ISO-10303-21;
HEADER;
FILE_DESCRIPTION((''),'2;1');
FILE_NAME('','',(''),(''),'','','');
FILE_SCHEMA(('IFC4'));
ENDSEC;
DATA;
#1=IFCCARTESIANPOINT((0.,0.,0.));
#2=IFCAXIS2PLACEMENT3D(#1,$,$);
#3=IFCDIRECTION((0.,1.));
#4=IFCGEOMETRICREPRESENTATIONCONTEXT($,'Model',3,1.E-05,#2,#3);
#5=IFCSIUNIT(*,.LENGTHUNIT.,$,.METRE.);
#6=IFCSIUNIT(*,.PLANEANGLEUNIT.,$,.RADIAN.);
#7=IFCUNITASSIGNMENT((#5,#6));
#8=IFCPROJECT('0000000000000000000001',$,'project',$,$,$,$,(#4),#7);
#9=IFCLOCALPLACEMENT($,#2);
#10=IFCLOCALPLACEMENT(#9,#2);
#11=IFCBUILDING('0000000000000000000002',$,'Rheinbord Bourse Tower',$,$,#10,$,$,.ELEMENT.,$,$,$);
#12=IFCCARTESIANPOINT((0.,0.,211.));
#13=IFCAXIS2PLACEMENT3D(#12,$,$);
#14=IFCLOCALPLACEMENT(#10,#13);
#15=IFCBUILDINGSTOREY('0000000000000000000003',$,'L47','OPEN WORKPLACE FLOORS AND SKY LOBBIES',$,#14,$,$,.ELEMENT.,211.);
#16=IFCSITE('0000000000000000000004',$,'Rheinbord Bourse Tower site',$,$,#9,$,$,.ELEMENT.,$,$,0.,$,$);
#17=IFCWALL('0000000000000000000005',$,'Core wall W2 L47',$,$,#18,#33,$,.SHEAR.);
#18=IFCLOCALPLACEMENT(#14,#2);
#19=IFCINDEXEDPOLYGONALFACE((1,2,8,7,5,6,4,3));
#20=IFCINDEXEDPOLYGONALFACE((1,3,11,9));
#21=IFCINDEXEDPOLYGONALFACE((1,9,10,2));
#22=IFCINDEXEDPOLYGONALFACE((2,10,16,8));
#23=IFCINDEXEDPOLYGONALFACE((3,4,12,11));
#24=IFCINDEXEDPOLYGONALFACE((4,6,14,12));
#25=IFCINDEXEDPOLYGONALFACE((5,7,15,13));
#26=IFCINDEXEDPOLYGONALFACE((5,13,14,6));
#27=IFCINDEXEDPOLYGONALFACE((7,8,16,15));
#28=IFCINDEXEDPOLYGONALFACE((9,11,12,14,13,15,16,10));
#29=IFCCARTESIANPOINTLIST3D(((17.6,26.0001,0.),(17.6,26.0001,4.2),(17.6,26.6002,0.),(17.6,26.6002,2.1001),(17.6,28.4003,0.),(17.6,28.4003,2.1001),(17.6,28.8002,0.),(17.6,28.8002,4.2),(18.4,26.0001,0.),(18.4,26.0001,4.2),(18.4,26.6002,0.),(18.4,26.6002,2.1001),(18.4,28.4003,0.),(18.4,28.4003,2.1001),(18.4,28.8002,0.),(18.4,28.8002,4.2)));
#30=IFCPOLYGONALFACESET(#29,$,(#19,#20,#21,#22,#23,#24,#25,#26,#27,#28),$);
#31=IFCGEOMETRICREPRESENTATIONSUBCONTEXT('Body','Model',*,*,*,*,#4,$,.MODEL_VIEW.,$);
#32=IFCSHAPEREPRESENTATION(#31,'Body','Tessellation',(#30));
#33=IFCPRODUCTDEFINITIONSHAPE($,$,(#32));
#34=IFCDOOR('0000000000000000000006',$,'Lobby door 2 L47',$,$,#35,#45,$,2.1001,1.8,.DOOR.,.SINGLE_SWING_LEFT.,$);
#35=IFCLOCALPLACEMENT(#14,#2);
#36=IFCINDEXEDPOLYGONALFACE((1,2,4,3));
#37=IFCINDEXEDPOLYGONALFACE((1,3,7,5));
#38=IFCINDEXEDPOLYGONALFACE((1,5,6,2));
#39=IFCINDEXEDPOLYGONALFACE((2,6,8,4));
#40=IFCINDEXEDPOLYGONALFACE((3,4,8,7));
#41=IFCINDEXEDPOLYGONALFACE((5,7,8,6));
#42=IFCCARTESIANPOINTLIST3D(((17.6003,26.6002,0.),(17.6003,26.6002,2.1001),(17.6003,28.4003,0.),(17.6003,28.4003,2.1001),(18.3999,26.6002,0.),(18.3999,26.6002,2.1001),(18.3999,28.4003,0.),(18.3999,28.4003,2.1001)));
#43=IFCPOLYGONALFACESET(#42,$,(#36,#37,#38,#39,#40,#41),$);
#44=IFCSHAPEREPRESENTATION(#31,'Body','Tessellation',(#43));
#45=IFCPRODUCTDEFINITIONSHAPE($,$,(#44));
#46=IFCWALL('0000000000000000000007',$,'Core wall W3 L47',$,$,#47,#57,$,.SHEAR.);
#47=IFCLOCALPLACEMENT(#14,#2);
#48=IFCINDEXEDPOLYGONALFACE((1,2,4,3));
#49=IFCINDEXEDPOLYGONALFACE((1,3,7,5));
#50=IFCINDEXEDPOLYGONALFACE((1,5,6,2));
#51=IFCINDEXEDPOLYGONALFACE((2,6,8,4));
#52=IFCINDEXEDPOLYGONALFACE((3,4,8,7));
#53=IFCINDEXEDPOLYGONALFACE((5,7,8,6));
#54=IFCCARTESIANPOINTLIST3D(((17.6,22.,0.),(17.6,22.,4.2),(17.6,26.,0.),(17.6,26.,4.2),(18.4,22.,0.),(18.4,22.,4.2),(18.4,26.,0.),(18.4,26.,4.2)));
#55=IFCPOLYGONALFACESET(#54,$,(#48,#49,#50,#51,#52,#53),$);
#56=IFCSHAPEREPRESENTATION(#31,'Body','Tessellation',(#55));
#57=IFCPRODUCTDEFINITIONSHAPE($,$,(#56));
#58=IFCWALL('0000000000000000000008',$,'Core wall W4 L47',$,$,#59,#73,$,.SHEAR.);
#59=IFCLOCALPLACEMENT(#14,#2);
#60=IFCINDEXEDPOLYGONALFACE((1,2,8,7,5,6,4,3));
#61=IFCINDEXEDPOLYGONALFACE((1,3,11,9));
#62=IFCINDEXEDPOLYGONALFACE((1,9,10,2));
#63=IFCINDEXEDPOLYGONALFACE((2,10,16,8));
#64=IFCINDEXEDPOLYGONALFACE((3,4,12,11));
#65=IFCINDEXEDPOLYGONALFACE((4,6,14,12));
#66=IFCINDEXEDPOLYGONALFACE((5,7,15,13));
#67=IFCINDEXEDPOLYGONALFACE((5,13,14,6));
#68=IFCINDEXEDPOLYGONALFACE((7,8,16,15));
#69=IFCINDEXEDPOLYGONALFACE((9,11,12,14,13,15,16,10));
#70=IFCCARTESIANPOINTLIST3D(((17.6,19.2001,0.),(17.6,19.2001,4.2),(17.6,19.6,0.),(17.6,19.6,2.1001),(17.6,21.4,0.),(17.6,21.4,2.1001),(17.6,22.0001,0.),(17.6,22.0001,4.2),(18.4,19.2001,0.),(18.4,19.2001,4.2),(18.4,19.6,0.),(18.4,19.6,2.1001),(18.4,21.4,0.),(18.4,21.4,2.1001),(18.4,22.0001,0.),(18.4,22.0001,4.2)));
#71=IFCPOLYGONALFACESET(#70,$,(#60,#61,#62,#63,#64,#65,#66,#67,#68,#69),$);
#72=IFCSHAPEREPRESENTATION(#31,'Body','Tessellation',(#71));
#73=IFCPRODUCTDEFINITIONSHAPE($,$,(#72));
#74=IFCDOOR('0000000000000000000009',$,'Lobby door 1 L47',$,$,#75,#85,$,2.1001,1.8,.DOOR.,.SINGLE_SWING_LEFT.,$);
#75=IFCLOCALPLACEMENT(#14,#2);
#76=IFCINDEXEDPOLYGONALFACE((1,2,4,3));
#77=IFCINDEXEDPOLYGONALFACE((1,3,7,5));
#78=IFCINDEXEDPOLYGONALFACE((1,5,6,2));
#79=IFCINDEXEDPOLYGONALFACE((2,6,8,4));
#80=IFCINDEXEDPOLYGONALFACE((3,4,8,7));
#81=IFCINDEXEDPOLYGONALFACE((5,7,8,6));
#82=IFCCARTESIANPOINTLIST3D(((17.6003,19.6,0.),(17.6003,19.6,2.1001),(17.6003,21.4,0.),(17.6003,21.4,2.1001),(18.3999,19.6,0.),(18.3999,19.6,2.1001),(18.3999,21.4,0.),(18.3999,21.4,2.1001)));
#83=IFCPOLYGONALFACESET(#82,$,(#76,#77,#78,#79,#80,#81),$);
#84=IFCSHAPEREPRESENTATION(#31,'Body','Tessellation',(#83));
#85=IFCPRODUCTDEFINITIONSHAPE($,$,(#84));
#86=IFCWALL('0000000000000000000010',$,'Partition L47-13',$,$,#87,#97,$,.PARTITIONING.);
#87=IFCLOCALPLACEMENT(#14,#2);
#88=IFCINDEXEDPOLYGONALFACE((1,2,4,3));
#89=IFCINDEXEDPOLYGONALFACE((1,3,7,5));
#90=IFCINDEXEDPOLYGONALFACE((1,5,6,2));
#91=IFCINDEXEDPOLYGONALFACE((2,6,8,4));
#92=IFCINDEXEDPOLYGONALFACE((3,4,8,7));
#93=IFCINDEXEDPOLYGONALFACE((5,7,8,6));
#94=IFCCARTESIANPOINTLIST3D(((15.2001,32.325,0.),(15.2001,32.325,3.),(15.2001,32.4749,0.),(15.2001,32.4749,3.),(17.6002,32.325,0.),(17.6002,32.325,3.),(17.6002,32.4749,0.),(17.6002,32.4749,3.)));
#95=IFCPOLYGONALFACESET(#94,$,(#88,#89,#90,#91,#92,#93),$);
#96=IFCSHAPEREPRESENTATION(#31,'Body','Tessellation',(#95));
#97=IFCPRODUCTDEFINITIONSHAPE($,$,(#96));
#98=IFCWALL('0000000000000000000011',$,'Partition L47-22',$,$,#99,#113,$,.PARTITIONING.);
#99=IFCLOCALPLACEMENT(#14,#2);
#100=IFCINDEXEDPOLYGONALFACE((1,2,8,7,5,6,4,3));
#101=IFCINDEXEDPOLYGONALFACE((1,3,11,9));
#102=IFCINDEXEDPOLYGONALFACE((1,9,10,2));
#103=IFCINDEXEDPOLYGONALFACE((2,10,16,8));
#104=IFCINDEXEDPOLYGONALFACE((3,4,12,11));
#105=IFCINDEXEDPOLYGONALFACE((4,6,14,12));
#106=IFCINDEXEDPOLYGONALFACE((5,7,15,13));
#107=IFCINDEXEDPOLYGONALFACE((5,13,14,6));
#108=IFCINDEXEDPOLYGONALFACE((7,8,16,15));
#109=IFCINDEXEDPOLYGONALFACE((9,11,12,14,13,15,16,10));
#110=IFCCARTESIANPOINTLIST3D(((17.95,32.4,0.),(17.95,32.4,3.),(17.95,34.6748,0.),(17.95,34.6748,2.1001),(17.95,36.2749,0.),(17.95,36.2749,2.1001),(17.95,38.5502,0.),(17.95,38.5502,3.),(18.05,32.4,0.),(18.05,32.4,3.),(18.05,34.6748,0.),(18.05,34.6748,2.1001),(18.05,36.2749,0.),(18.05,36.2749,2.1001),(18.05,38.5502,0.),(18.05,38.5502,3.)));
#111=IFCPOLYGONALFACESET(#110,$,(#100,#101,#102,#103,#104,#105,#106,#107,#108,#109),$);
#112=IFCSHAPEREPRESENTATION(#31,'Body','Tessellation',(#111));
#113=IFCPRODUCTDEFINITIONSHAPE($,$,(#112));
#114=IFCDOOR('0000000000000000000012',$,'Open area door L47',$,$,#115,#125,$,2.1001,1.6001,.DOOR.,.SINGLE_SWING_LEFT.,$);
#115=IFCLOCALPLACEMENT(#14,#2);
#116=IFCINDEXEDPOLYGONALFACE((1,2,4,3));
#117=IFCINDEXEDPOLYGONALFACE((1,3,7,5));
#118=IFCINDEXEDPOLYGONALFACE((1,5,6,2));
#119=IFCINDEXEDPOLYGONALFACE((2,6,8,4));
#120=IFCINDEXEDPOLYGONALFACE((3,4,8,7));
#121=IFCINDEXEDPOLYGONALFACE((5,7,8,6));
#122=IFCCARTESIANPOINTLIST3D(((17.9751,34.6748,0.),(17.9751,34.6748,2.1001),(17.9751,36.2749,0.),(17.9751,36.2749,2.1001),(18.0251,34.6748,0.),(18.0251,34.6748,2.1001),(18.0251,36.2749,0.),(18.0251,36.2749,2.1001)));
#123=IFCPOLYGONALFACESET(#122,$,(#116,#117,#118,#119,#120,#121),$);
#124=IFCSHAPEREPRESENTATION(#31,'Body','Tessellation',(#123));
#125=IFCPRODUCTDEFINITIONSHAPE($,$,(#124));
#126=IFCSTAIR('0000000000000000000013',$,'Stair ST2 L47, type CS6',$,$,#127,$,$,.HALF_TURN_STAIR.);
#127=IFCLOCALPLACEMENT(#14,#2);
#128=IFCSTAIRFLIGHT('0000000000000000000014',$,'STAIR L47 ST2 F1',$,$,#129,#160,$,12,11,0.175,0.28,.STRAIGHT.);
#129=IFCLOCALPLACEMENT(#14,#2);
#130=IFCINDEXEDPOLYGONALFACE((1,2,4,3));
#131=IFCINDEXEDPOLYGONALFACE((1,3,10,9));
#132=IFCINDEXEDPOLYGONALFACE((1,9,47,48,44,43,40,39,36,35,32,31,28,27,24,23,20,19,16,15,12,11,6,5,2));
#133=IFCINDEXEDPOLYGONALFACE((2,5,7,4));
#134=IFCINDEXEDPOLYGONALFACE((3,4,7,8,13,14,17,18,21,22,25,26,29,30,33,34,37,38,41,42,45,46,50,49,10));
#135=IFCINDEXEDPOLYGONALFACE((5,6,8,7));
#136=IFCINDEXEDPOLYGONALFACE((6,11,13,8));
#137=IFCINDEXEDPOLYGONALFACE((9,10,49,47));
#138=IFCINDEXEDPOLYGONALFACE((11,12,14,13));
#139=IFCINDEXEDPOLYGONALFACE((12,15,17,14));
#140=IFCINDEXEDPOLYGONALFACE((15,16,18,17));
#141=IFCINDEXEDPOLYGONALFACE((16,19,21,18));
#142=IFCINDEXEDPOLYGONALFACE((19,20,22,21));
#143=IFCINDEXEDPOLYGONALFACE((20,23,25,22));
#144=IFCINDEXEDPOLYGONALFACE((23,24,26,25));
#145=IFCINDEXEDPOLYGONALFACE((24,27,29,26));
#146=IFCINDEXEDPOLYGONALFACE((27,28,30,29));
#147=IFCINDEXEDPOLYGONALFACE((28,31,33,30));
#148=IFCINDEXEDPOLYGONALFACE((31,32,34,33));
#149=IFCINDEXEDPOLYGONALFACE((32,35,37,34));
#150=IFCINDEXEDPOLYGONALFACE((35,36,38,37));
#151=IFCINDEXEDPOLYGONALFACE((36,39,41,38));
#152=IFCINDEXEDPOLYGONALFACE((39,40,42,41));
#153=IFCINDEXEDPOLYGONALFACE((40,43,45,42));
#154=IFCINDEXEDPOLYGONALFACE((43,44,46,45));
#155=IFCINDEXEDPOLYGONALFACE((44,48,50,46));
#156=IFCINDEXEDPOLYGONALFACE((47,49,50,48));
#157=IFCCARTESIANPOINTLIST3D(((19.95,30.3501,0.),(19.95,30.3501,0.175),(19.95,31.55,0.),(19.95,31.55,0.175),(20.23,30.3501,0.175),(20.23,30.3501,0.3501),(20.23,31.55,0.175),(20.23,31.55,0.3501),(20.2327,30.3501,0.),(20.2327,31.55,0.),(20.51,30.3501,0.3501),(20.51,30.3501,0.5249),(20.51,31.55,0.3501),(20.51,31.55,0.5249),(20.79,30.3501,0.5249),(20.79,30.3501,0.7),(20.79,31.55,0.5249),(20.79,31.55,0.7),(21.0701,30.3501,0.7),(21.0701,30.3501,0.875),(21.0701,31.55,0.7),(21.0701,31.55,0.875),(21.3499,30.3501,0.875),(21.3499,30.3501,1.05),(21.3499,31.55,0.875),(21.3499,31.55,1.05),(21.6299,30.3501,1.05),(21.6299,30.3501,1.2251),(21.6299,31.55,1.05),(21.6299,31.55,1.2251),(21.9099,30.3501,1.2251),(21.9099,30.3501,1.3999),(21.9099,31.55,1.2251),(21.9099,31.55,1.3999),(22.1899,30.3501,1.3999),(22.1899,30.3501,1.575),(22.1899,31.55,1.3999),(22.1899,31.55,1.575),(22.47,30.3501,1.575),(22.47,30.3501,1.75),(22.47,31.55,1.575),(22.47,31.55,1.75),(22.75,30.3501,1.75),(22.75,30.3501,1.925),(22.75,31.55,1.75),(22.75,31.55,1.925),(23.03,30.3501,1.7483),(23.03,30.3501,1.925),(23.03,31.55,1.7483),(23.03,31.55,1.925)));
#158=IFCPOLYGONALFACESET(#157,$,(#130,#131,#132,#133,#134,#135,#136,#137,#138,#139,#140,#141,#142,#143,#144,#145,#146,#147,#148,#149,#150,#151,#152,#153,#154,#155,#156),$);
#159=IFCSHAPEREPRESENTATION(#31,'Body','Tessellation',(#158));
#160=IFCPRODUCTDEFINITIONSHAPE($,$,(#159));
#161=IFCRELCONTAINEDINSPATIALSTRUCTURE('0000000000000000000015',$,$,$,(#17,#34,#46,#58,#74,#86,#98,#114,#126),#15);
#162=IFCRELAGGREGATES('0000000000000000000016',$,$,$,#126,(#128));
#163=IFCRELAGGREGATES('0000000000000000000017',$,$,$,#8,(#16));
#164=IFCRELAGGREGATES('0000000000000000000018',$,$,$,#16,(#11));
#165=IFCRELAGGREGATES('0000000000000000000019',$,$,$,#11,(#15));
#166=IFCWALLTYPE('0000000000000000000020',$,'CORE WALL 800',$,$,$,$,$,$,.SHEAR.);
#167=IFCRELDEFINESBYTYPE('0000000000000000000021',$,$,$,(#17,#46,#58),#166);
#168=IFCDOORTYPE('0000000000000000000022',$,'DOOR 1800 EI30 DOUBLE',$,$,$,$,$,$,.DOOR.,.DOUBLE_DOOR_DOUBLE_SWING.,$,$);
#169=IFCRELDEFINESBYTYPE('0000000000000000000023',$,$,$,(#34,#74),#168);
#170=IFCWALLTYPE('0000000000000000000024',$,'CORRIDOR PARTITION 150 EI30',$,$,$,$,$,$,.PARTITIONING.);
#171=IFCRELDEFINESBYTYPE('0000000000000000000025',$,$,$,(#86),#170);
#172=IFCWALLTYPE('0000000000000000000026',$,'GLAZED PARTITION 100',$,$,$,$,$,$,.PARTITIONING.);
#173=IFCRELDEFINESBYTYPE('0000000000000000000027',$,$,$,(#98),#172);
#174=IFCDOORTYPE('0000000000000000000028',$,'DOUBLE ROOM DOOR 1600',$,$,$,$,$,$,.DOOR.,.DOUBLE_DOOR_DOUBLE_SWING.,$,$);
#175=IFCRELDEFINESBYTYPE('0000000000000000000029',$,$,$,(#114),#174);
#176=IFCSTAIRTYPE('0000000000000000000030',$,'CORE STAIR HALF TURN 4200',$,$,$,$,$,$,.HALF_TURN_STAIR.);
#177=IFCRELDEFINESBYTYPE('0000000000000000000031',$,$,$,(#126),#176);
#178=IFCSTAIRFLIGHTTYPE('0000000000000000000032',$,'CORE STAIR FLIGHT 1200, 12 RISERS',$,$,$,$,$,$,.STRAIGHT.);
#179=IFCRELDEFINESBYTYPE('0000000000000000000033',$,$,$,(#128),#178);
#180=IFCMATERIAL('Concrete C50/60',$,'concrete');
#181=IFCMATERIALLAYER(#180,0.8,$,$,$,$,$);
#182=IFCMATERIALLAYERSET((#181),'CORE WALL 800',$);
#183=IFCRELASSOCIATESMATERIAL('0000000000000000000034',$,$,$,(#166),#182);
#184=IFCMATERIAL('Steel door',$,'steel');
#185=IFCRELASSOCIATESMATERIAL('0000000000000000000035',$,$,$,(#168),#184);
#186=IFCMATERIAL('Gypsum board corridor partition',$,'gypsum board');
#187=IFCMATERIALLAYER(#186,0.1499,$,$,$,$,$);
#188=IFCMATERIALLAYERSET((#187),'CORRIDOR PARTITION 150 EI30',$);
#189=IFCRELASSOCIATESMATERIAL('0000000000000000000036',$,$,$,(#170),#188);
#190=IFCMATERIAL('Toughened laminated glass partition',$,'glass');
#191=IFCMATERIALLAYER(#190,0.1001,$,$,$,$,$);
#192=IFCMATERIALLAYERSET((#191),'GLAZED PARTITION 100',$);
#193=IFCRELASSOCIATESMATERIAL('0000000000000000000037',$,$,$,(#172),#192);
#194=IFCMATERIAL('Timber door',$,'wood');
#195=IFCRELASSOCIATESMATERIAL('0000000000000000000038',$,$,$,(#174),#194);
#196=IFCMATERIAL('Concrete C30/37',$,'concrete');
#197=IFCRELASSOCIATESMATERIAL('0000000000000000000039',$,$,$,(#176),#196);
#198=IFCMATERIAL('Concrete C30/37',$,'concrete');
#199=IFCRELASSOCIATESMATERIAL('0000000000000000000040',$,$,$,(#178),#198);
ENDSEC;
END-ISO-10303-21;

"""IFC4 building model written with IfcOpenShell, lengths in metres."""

from ifc_helpers import new_model, si_unit, direction, frame, frame_2d, origin, place, context, subcontext, project, spatial, polyline, rectangle, outline, extrude, material, layer, layer_set, type_object, element, fill, aggregate, save


model = new_model("IFC4")

# Units and contexts
model_context = context("Model", 3, precision=1e-05, world=origin(), true_north=direction((0.0, 1.0)))
body_context = subcontext(model_context, "Body", "Model", "MODEL_VIEW")
ifc_project = project(units=[si_unit("LENGTHUNIT", "METRE"), si_unit("PLANEANGLEUNIT", "RADIAN")], contexts=[model_context])

# Site, building, storey
site_placement = place(None, origin())
site = spatial("IfcSite", under=ifc_project, at=site_placement, Name="Rheinbord Bourse Tower site", CompositionType="ELEMENT", RefElevation=0.0)
building_placement = place(site_placement, origin())
building = spatial("IfcBuilding", under=site, at=building_placement, Name="Rheinbord Bourse Tower", CompositionType="ELEMENT")
storey_placement = place(building_placement, frame((0.0, 0.0, 211.0)))
storey = spatial("IfcBuildingStorey", under=building, at=storey_placement, Name="L47", Description="OPEN WORKPLACE FLOORS AND SKY LOBBIES", CompositionType="ELEMENT", Elevation=211.0)

# Shared definitions
ifc_material_1 = material(Name="Concrete C50/60", Category="concrete")
ifc_layer_1 = layer(ifc_material_1, 0.8)
ifc_layer_set_1 = layer_set([ifc_layer_1], Name="CORE WALL 800")
wall_type_1 = type_object("IfcWallType", Name="CORE WALL 800", PredefinedType="SHEAR", material=ifc_layer_set_1)

# Wall, opening, door
wall_1_placement = place(storey_placement, frame((18.0, 28.8, 0.0), z_axis=(0.0, 0.0, 1.0), x_axis=(0.0, -1.0, 0.0)))
wall_1 = element("IfcWall", 1, at=wall_1_placement, inside=storey, type_object=wall_type_1, Name="Core wall W2 L47", PredefinedType="SHEAR", context=body_context, shape_type="SweptSolid", body=[
    extrude(rectangle(XDim=2.8, YDim=0.8, at=frame_2d((1.3999, 0.0))), origin(), (0.0, 0.0, 1.0), 4.2),
])
opening_1_placement = place(wall_1_placement, frame((0.3999, 0.0, 0.0)))
opening_1 = element("IfcOpeningElement", 2, at=opening_1_placement, cuts=wall_1, PredefinedType="OPENING", context=body_context, shape_type="SweptSolid", body=[
    extrude(rectangle(XDim=1.8, YDim=2.1001, at=frame_2d((0.8999, 1.05))), frame((0.0, 0.4099, 0.0), z_axis=(0.0, -1.0, 0.0), x_axis=(1.0, 0.0, 0.0)), (0.0, 0.0, 1.0), 0.8201),
])
ifc_material_2 = material(Name="Steel door", Category="steel")
door_type_1 = type_object("IfcDoorType", Name="DOOR 1800 EI30 DOUBLE", OperationType="DOUBLE_DOOR_DOUBLE_SWING", PredefinedType="DOOR", material=ifc_material_2)
door_1_placement = place(opening_1_placement, origin())
door_1 = element("IfcDoor", 3, at=door_1_placement, inside=storey, type_object=door_type_1, Name="Lobby door 2 L47", OperationType="SINGLE_SWING_LEFT", OverallHeight=2.1001, OverallWidth=1.8, PredefinedType="DOOR", context=body_context, shape_type="SweptSolid", body=[
    extrude(rectangle(XDim=1.8, YDim=2.1001, at=frame_2d((0.8999, 1.05))), frame((0.0, 0.3999, 0.0), z_axis=(0.0, -1.0, 0.0), x_axis=(1.0, 0.0, 0.0)), (0.0, 0.0, 1.0), 0.7996),
])
fill(opening_1, door_1)

# Wall
wall_2_placement = place(storey_placement, frame((18.0, 26.0, 0.0), z_axis=(0.0, 0.0, 1.0), x_axis=(0.0, -1.0, 0.0)))
element("IfcWall", 4, at=wall_2_placement, inside=storey, type_object=wall_type_1, Name="Core wall W3 L47", PredefinedType="SHEAR", context=body_context, shape_type="SweptSolid", body=[
    extrude(rectangle(XDim=4.0, YDim=0.8, at=frame_2d((2.0, 0.0))), origin(), (0.0, 0.0, 1.0), 4.2),
])

# Wall, opening, door
wall_3_placement = place(storey_placement, frame((18.0, 22.0, 0.0), z_axis=(0.0, 0.0, 1.0), x_axis=(0.0, -1.0, 0.0)))
wall_3 = element("IfcWall", 5, at=wall_3_placement, inside=storey, type_object=wall_type_1, Name="Core wall W4 L47", PredefinedType="SHEAR", context=body_context, shape_type="SweptSolid", body=[
    extrude(rectangle(XDim=2.8, YDim=0.8, at=frame_2d((1.3999, 0.0))), origin(), (0.0, 0.0, 1.0), 4.2),
])
opening_2_placement = place(wall_3_placement, frame((0.6001, 0.0, 0.0)))
opening_2 = element("IfcOpeningElement", 6, at=opening_2_placement, cuts=wall_3, PredefinedType="OPENING", context=body_context, shape_type="SweptSolid", body=[
    extrude(rectangle(XDim=1.8, YDim=2.1001, at=frame_2d((0.8999, 1.05))), frame((0.0, 0.4099, 0.0), z_axis=(0.0, -1.0, 0.0), x_axis=(1.0, 0.0, 0.0)), (0.0, 0.0, 1.0), 0.8201),
])
door_2_placement = place(opening_2_placement, origin())
door_2 = element("IfcDoor", 7, at=door_2_placement, inside=storey, type_object=door_type_1, Name="Lobby door 1 L47", OperationType="SINGLE_SWING_LEFT", OverallHeight=2.1001, OverallWidth=1.8, PredefinedType="DOOR", context=body_context, shape_type="SweptSolid", body=[
    extrude(rectangle(XDim=1.8, YDim=2.1001, at=frame_2d((0.8999, 1.05))), frame((0.0, 0.3999, 0.0), z_axis=(0.0, -1.0, 0.0), x_axis=(1.0, 0.0, 0.0)), (0.0, 0.0, 1.0), 0.7996),
])
fill(opening_2, door_2)

# Wall
ifc_material_3 = material(Name="Gypsum board corridor partition", Category="gypsum board")
ifc_layer_2 = layer(ifc_material_3, 0.1499)
ifc_layer_set_2 = layer_set([ifc_layer_2], Name="CORRIDOR PARTITION 150 EI30")
wall_type_2 = type_object("IfcWallType", Name="CORRIDOR PARTITION 150 EI30", PredefinedType="PARTITIONING", material=ifc_layer_set_2)
wall_4_placement = place(storey_placement, frame((15.2, 32.3999, 0.0), z_axis=(0.0, 0.0, 1.0), x_axis=(1.0, 0.0, 0.0)))
element("IfcWall", 8, at=wall_4_placement, inside=storey, type_object=wall_type_2, Name="Partition L47-13", PredefinedType="PARTITIONING", context=body_context, shape_type="SweptSolid", body=[
    extrude(rectangle(XDim=2.4001, YDim=0.1499, at=frame_2d((1.2002, 0.0))), origin(), (0.0, 0.0, 1.0), 3.0),
])

# Wall, opening, door
ifc_material_4 = material(Name="Toughened laminated glass partition", Category="glass")
ifc_layer_3 = layer(ifc_material_4, 0.1001)
ifc_layer_set_3 = layer_set([ifc_layer_3], Name="GLAZED PARTITION 100")
wall_type_3 = type_object("IfcWallType", Name="GLAZED PARTITION 100", PredefinedType="PARTITIONING", material=ifc_layer_set_3)
wall_5_placement = place(storey_placement, frame((18.0, 32.3999, 0.0), z_axis=(0.0, 0.0, 1.0), x_axis=(0.0, 1.0, 0.0)))
wall_5 = element("IfcWall", 9, at=wall_5_placement, inside=storey, type_object=wall_type_3, Name="Partition L47-22", PredefinedType="PARTITIONING", context=body_context, shape_type="SweptSolid", body=[
    extrude(rectangle(XDim=6.1501, YDim=0.1001, at=frame_2d((3.0752, 0.0))), origin(), (0.0, 0.0, 1.0), 3.0),
])
opening_3_placement = place(wall_5_placement, frame((2.2749, 0.0, 0.0)))
opening_3 = element("IfcOpeningElement", 10, at=opening_3_placement, cuts=wall_5, PredefinedType="OPENING", context=body_context, shape_type="SweptSolid", body=[
    extrude(rectangle(XDim=1.6001, YDim=2.1001, at=frame_2d((0.8, 1.05))), frame((0.0, 0.0601, 0.0), z_axis=(0.0, -1.0, 0.0), x_axis=(1.0, 0.0, 0.0)), (0.0, 0.0, 1.0), 0.1201),
])
ifc_material_5 = material(Name="Timber door", Category="wood")
door_type_2 = type_object("IfcDoorType", Name="DOUBLE ROOM DOOR 1600", OperationType="DOUBLE_DOOR_DOUBLE_SWING", PredefinedType="DOOR", material=ifc_material_5)
door_3_placement = place(opening_3_placement, origin())
door_3 = element("IfcDoor", 11, at=door_3_placement, inside=storey, type_object=door_type_2, Name="Open area door L47", OperationType="SINGLE_SWING_LEFT", OverallHeight=2.1001, OverallWidth=1.6001, PredefinedType="DOOR", context=body_context, shape_type="SweptSolid", body=[
    extrude(rectangle(XDim=1.6001, YDim=2.1001, at=frame_2d((0.8, 1.05))), frame((0.0, 0.0249, 0.0), z_axis=(0.0, -1.0, 0.0), x_axis=(1.0, 0.0, 0.0)), (0.0, 0.0, 1.0), 0.05),
])
fill(opening_3, door_3)

# Stair, stair flight
ifc_material_6 = material(Name="Concrete C30/37", Category="concrete")
stair_type = type_object("IfcStairType", Name="CORE STAIR HALF TURN 4200", PredefinedType="HALF_TURN_STAIR", material=ifc_material_6)
stair_placement = place(storey_placement, origin())
stair = element("IfcStair", 12, at=stair_placement, inside=storey, type_object=stair_type, Name="Stair ST2 L47, type CS6", PredefinedType="HALF_TURN_STAIR")
ifc_material_7 = material(Name="Concrete C30/37", Category="concrete")
stair_flight_type = type_object("IfcStairFlightType", Name="CORE STAIR FLIGHT 1200, 12 RISERS", PredefinedType="STRAIGHT", material=ifc_material_7)
stair_flight_1_placement = place(storey_placement, frame((19.95, 30.95, 0.0), z_axis=(0.0, 0.0, 1.0), x_axis=(1.0, 0.0, 0.0)))
stair_flight_1 = element("IfcStairFlight", 13, at=stair_flight_1_placement, type_object=stair_flight_type, Name="STAIR L47 ST2 F1", NumberOfRisers=12, NumberOfTreads=11, PredefinedType="STRAIGHT", RiserHeight=0.175, TreadLength=0.28, context=body_context, shape_type="SweptSolid", body=[
    extrude(outline(polyline([(0.0, 0.0), (0.0, 0.175), (0.28, 0.175), (0.28, 0.3501), (0.5601, 0.3501), (0.5601, 0.5249), (0.8401, 0.5249), (0.8401, 0.7), (1.1201, 0.7), (1.1201, 0.875), (1.3999, 0.875), (1.3999, 1.05), (1.6799, 1.05), (1.6799, 1.2251), (1.96, 1.2251), (1.96, 1.3999), (2.24, 1.3999), (2.24, 1.575), (2.52, 1.575), (2.52, 1.75), (2.8, 1.75), (2.8, 1.925), (3.0801, 1.925), (3.0801, 2.1001), (3.0801, 1.7483), (0.2827, 0.0), (0.0, 0.0)])), frame((0.0, 0.6001, 0.0), z_axis=(0.0, -1.0, 0.0), x_axis=(1.0, 0.0, 0.0)), (0.0, 0.0, 1.0), 1.2),
])
aggregate(stair, [stair_flight_1])

save(model, "model.ifc")
